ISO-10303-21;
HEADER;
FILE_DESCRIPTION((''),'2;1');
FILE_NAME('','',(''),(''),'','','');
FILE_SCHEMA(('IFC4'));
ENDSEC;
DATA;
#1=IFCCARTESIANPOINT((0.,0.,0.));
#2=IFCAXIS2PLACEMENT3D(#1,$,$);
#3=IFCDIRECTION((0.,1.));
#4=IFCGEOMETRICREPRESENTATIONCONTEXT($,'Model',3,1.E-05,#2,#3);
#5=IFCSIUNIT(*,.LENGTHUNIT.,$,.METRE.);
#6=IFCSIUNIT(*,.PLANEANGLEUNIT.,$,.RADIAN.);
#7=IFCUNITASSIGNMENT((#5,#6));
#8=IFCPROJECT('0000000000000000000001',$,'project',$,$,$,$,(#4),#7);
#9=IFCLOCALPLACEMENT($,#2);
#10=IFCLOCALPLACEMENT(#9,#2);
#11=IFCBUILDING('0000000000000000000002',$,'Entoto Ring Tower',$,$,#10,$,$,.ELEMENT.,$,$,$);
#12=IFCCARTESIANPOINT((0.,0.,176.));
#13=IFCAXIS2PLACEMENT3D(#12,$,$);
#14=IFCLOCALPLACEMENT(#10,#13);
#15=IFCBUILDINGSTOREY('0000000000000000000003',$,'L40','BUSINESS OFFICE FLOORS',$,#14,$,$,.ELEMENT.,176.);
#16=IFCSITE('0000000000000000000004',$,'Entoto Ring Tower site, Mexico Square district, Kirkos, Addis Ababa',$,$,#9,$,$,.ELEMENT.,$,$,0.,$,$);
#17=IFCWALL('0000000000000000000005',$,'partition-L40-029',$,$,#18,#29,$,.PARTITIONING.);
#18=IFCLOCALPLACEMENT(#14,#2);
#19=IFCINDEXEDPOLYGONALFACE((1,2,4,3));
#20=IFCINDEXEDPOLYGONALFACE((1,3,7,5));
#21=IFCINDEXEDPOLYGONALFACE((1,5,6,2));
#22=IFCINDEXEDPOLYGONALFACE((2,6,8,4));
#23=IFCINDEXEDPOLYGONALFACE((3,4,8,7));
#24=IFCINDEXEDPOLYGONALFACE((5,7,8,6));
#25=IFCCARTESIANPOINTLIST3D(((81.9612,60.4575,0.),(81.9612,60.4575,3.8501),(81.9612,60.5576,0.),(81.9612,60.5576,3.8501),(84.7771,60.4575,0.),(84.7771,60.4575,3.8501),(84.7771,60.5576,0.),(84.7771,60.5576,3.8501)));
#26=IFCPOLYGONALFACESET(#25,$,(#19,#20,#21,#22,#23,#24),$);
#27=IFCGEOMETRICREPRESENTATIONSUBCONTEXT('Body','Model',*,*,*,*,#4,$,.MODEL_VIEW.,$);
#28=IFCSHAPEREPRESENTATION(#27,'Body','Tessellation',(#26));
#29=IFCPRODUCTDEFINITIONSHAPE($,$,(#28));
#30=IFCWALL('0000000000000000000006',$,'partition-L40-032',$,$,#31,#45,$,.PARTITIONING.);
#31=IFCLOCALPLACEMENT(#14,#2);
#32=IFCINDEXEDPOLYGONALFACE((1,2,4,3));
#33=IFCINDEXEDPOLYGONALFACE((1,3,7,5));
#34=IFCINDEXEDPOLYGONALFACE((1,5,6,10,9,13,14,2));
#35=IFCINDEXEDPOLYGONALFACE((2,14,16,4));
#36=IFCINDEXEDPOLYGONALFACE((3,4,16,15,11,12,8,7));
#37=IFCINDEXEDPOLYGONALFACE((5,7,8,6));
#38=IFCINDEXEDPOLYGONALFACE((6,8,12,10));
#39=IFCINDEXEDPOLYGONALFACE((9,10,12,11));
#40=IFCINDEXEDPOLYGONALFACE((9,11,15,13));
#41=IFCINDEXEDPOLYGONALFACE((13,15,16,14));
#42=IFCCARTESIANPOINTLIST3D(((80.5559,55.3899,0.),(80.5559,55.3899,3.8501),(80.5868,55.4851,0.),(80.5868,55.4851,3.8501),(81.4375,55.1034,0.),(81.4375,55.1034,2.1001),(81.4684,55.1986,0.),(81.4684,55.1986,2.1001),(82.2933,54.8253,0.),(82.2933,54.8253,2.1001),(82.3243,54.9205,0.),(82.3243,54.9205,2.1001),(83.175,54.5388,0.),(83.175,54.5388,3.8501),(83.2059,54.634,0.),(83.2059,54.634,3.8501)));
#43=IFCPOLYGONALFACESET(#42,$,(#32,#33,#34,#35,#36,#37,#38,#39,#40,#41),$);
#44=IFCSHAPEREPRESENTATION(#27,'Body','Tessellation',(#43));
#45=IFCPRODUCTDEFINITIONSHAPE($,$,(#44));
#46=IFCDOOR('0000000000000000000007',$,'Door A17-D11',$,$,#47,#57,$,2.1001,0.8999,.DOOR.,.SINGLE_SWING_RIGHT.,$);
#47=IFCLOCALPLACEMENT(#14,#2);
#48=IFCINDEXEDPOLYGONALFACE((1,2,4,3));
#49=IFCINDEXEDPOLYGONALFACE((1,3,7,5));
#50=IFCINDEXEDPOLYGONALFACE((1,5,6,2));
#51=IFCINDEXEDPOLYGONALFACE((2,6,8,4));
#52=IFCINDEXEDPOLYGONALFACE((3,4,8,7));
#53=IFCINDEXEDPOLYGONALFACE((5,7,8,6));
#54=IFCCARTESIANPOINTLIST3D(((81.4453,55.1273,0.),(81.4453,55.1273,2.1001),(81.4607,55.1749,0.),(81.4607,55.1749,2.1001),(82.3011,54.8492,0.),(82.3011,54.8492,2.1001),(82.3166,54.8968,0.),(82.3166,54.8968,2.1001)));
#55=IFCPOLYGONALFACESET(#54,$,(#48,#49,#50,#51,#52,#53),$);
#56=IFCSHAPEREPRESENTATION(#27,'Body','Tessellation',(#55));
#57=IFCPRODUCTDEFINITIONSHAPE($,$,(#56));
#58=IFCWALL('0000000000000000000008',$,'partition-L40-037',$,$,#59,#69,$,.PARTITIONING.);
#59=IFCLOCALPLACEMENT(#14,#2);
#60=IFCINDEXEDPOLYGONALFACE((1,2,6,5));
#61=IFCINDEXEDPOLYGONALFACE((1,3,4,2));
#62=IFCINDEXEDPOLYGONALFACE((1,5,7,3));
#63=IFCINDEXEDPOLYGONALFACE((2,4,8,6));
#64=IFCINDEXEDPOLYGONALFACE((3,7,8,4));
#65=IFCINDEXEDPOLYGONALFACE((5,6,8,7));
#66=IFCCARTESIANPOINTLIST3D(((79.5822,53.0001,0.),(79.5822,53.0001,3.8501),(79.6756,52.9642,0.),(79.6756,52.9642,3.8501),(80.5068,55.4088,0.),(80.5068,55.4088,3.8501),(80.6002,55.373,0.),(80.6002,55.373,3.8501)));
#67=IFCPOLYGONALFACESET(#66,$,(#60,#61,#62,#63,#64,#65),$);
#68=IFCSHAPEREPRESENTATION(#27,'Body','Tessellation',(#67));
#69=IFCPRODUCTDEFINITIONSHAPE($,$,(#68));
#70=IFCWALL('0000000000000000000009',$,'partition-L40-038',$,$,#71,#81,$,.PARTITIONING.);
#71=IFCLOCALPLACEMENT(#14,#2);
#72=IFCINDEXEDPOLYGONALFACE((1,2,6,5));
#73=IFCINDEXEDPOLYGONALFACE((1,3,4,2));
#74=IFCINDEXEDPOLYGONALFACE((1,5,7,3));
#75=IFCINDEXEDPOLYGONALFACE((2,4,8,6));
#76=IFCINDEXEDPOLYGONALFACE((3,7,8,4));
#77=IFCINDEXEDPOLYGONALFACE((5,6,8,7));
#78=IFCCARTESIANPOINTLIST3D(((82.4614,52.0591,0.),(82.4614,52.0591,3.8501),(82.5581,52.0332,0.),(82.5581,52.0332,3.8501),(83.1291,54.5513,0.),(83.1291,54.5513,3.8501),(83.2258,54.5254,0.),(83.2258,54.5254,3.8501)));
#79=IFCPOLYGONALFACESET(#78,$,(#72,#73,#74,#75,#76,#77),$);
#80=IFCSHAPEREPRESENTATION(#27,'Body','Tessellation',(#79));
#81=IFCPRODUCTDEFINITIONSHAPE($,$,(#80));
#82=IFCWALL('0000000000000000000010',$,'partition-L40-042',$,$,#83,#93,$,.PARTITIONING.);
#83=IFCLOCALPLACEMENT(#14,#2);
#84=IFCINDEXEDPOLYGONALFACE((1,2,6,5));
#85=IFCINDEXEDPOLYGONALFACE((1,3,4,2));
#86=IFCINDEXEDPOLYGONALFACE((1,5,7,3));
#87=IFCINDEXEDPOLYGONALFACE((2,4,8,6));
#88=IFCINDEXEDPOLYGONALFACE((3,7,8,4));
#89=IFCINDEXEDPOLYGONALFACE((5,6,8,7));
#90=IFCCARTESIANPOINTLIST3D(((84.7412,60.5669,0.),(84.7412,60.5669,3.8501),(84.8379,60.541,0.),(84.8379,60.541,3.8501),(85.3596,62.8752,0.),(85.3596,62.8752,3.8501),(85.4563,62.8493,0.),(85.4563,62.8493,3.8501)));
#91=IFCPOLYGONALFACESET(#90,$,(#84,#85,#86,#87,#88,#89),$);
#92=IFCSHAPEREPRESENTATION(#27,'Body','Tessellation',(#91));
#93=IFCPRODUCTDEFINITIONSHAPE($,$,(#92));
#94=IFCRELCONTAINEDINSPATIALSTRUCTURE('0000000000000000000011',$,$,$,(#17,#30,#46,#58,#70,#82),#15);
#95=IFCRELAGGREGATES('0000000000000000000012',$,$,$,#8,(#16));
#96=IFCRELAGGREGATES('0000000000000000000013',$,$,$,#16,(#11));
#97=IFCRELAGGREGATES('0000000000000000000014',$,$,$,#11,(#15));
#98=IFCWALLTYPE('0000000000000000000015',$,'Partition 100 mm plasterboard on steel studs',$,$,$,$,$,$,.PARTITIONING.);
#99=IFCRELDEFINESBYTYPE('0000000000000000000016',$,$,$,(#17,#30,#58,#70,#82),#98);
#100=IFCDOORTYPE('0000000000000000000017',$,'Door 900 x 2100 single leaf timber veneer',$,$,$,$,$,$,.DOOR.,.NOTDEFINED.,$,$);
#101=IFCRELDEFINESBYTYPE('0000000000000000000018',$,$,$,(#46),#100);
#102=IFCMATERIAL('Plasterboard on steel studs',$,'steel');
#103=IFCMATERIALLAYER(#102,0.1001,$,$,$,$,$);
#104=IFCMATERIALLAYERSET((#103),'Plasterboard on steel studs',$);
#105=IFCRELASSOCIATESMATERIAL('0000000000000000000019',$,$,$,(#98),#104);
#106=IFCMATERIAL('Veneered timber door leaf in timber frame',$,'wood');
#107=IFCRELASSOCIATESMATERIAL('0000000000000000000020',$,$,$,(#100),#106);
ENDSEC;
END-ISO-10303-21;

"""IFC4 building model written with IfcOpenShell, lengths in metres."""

from ifc_helpers import new_model, si_unit, direction, frame, frame_2d, origin, place, context, subcontext, project, spatial, rectangle, extrude, material, layer, layer_set, type_object, element, fill, save


model = new_model("IFC4")

# Units and contexts
model_context = context("Model", 3, precision=1e-05, world=origin(), true_north=direction((0.0, 1.0)))
body_context = subcontext(model_context, "Body", "Model", "MODEL_VIEW")
ifc_project = project(units=[si_unit("LENGTHUNIT", "METRE"), si_unit("PLANEANGLEUNIT", "RADIAN")], contexts=[model_context])

# Site, building, storey
site_placement = place(None, origin())
site = spatial("IfcSite", under=ifc_project, at=site_placement, Name="Entoto Ring Tower site, Mexico Square district, Kirkos, Addis Ababa", CompositionType="ELEMENT", RefElevation=0.0)
building_placement = place(site_placement, origin())
building = spatial("IfcBuilding", under=site, at=building_placement, Name="Entoto Ring Tower", CompositionType="ELEMENT")
storey_placement = place(building_placement, frame((0.0, 0.0, 176.0)))
storey = spatial("IfcBuildingStorey", under=building, at=storey_placement, Name="L40", Description="BUSINESS OFFICE FLOORS", CompositionType="ELEMENT", Elevation=176.0)

# Shared definitions
ifc_material_1 = material(Name="Plasterboard on steel studs", Category="steel")
ifc_layer_1 = layer(ifc_material_1, 0.1001)
ifc_layer_set_1 = layer_set([ifc_layer_1], Name="Plasterboard on steel studs")
wall_type_1 = type_object("IfcWallType", Name="Partition 100 mm plasterboard on steel studs", PredefinedType="PARTITIONING", material=ifc_layer_set_1)
ifc_material_2 = material(Name="Veneered timber door leaf in timber frame", Category="wood")
door_type_1 = type_object("IfcDoorType", Name="Door 900 x 2100 single leaf timber veneer", OperationType="NOTDEFINED", PredefinedType="DOOR", material=ifc_material_2)

# Wall
wall_1_placement = place(storey_placement, frame((81.9612, 60.5076, 0.0), z_axis=(0.0, 0.0, 1.0), x_axis=(1.0, 0.0, 0.0)))
element("IfcWall", 1, at=wall_1_placement, inside=storey, type_object=wall_type_1, Name="partition-L40-029", PredefinedType="PARTITIONING", context=body_context, shape_type="SweptSolid", body=[
    extrude(rectangle(XDim=2.8159, YDim=0.1001, at=frame_2d((1.408, 0.0))), origin(), (0.0, 0.0, 1.0), 3.8501),
])

# Wall, opening, door
wall_2_placement = place(storey_placement, frame((83.1904, 54.5864, 0.0), z_axis=(0.0, 0.0, 1.0), x_axis=(-0.95105, 0.309038, 0.0)))
wall_2 = element("IfcWall", 2, at=wall_2_placement, inside=storey, type_object=wall_type_1, Name="partition-L40-032", PredefinedType="PARTITIONING", context=body_context, shape_type="SweptSolid", body=[
    extrude(rectangle(XDim=2.7539, YDim=0.1001, at=frame_2d((1.377, 0.0))), origin(), (0.0, 0.0, 1.0), 3.8501),
])
opening_1_placement = place(wall_2_placement, frame((0.927, 0.0, 0.0)))
opening_1 = element("IfcOpeningElement", 3, at=opening_1_placement, cuts=wall_2, PredefinedType="OPENING", context=body_context, shape_type="SweptSolid", body=[
    extrude(rectangle(XDim=0.8999, YDim=2.1001, at=frame_2d((0.45, 1.05))), frame((0.0, 0.0601, 0.0), z_axis=(0.0, -1.0, 0.0), x_axis=(1.0, 0.0, 0.0)), (0.0, 0.0, 1.0), 0.1201),
])
door_1_placement = place(opening_1_placement, origin())
door_1 = element("IfcDoor", 4, at=door_1_placement, inside=storey, type_object=door_type_1, Name="Door A17-D11", OperationType="SINGLE_SWING_RIGHT", OverallHeight=2.1001, OverallWidth=0.8999, PredefinedType="DOOR", context=body_context, shape_type="SweptSolid", body=[
    extrude(rectangle(XDim=0.8999, YDim=2.1001, at=frame_2d((0.45, 1.05))), frame((0.0, 0.0249, 0.0), z_axis=(0.0, -1.0, 0.0), x_axis=(1.0, 0.0, 0.0)), (0.0, 0.0, 1.0), 0.05),
])
fill(opening_1, door_1)

# Walls
for number, where, z_axis, x_axis, name in (
    (5, (79.6289, 52.9822, 0.0), (0.0, 0.0, 1.0), (0.358351, 0.933587, 0.0), "partition-L40-037"),
    (6, (82.5098, 52.0461, 0.0), (0.0, 0.0, 1.0), (0.258799, 0.965931, 0.0), "partition-L40-038"),
):
    element("IfcWall", number, at=place(storey_placement, frame(where, z_axis=z_axis, x_axis=x_axis)), inside=storey, type_object=wall_type_1, Name=name, PredefinedType="PARTITIONING", context=body_context, shape_type="SweptSolid", body=[
        extrude(rectangle(XDim=2.5801, YDim=0.1001, at=frame_2d((1.29, 0.0))), origin(), (0.0, 0.0, 1.0), 3.8501),
    ])
wall_3_placement = place(storey_placement, frame((84.7896, 60.554, 0.0), z_axis=(0.0, 0.0, 1.0), x_axis=(0.258775, 0.965938, 0.0)))
element("IfcWall", 7, at=wall_3_placement, inside=storey, type_object=wall_type_1, Name="partition-L40-042", PredefinedType="PARTITIONING", context=body_context, shape_type="SweptSolid", body=[
    extrude(rectangle(XDim=2.3896, YDim=0.1001, at=frame_2d((1.1948, 0.0))), origin(), (0.0, 0.0, 1.0), 3.8501),
])

save(model, "model.ifc")
